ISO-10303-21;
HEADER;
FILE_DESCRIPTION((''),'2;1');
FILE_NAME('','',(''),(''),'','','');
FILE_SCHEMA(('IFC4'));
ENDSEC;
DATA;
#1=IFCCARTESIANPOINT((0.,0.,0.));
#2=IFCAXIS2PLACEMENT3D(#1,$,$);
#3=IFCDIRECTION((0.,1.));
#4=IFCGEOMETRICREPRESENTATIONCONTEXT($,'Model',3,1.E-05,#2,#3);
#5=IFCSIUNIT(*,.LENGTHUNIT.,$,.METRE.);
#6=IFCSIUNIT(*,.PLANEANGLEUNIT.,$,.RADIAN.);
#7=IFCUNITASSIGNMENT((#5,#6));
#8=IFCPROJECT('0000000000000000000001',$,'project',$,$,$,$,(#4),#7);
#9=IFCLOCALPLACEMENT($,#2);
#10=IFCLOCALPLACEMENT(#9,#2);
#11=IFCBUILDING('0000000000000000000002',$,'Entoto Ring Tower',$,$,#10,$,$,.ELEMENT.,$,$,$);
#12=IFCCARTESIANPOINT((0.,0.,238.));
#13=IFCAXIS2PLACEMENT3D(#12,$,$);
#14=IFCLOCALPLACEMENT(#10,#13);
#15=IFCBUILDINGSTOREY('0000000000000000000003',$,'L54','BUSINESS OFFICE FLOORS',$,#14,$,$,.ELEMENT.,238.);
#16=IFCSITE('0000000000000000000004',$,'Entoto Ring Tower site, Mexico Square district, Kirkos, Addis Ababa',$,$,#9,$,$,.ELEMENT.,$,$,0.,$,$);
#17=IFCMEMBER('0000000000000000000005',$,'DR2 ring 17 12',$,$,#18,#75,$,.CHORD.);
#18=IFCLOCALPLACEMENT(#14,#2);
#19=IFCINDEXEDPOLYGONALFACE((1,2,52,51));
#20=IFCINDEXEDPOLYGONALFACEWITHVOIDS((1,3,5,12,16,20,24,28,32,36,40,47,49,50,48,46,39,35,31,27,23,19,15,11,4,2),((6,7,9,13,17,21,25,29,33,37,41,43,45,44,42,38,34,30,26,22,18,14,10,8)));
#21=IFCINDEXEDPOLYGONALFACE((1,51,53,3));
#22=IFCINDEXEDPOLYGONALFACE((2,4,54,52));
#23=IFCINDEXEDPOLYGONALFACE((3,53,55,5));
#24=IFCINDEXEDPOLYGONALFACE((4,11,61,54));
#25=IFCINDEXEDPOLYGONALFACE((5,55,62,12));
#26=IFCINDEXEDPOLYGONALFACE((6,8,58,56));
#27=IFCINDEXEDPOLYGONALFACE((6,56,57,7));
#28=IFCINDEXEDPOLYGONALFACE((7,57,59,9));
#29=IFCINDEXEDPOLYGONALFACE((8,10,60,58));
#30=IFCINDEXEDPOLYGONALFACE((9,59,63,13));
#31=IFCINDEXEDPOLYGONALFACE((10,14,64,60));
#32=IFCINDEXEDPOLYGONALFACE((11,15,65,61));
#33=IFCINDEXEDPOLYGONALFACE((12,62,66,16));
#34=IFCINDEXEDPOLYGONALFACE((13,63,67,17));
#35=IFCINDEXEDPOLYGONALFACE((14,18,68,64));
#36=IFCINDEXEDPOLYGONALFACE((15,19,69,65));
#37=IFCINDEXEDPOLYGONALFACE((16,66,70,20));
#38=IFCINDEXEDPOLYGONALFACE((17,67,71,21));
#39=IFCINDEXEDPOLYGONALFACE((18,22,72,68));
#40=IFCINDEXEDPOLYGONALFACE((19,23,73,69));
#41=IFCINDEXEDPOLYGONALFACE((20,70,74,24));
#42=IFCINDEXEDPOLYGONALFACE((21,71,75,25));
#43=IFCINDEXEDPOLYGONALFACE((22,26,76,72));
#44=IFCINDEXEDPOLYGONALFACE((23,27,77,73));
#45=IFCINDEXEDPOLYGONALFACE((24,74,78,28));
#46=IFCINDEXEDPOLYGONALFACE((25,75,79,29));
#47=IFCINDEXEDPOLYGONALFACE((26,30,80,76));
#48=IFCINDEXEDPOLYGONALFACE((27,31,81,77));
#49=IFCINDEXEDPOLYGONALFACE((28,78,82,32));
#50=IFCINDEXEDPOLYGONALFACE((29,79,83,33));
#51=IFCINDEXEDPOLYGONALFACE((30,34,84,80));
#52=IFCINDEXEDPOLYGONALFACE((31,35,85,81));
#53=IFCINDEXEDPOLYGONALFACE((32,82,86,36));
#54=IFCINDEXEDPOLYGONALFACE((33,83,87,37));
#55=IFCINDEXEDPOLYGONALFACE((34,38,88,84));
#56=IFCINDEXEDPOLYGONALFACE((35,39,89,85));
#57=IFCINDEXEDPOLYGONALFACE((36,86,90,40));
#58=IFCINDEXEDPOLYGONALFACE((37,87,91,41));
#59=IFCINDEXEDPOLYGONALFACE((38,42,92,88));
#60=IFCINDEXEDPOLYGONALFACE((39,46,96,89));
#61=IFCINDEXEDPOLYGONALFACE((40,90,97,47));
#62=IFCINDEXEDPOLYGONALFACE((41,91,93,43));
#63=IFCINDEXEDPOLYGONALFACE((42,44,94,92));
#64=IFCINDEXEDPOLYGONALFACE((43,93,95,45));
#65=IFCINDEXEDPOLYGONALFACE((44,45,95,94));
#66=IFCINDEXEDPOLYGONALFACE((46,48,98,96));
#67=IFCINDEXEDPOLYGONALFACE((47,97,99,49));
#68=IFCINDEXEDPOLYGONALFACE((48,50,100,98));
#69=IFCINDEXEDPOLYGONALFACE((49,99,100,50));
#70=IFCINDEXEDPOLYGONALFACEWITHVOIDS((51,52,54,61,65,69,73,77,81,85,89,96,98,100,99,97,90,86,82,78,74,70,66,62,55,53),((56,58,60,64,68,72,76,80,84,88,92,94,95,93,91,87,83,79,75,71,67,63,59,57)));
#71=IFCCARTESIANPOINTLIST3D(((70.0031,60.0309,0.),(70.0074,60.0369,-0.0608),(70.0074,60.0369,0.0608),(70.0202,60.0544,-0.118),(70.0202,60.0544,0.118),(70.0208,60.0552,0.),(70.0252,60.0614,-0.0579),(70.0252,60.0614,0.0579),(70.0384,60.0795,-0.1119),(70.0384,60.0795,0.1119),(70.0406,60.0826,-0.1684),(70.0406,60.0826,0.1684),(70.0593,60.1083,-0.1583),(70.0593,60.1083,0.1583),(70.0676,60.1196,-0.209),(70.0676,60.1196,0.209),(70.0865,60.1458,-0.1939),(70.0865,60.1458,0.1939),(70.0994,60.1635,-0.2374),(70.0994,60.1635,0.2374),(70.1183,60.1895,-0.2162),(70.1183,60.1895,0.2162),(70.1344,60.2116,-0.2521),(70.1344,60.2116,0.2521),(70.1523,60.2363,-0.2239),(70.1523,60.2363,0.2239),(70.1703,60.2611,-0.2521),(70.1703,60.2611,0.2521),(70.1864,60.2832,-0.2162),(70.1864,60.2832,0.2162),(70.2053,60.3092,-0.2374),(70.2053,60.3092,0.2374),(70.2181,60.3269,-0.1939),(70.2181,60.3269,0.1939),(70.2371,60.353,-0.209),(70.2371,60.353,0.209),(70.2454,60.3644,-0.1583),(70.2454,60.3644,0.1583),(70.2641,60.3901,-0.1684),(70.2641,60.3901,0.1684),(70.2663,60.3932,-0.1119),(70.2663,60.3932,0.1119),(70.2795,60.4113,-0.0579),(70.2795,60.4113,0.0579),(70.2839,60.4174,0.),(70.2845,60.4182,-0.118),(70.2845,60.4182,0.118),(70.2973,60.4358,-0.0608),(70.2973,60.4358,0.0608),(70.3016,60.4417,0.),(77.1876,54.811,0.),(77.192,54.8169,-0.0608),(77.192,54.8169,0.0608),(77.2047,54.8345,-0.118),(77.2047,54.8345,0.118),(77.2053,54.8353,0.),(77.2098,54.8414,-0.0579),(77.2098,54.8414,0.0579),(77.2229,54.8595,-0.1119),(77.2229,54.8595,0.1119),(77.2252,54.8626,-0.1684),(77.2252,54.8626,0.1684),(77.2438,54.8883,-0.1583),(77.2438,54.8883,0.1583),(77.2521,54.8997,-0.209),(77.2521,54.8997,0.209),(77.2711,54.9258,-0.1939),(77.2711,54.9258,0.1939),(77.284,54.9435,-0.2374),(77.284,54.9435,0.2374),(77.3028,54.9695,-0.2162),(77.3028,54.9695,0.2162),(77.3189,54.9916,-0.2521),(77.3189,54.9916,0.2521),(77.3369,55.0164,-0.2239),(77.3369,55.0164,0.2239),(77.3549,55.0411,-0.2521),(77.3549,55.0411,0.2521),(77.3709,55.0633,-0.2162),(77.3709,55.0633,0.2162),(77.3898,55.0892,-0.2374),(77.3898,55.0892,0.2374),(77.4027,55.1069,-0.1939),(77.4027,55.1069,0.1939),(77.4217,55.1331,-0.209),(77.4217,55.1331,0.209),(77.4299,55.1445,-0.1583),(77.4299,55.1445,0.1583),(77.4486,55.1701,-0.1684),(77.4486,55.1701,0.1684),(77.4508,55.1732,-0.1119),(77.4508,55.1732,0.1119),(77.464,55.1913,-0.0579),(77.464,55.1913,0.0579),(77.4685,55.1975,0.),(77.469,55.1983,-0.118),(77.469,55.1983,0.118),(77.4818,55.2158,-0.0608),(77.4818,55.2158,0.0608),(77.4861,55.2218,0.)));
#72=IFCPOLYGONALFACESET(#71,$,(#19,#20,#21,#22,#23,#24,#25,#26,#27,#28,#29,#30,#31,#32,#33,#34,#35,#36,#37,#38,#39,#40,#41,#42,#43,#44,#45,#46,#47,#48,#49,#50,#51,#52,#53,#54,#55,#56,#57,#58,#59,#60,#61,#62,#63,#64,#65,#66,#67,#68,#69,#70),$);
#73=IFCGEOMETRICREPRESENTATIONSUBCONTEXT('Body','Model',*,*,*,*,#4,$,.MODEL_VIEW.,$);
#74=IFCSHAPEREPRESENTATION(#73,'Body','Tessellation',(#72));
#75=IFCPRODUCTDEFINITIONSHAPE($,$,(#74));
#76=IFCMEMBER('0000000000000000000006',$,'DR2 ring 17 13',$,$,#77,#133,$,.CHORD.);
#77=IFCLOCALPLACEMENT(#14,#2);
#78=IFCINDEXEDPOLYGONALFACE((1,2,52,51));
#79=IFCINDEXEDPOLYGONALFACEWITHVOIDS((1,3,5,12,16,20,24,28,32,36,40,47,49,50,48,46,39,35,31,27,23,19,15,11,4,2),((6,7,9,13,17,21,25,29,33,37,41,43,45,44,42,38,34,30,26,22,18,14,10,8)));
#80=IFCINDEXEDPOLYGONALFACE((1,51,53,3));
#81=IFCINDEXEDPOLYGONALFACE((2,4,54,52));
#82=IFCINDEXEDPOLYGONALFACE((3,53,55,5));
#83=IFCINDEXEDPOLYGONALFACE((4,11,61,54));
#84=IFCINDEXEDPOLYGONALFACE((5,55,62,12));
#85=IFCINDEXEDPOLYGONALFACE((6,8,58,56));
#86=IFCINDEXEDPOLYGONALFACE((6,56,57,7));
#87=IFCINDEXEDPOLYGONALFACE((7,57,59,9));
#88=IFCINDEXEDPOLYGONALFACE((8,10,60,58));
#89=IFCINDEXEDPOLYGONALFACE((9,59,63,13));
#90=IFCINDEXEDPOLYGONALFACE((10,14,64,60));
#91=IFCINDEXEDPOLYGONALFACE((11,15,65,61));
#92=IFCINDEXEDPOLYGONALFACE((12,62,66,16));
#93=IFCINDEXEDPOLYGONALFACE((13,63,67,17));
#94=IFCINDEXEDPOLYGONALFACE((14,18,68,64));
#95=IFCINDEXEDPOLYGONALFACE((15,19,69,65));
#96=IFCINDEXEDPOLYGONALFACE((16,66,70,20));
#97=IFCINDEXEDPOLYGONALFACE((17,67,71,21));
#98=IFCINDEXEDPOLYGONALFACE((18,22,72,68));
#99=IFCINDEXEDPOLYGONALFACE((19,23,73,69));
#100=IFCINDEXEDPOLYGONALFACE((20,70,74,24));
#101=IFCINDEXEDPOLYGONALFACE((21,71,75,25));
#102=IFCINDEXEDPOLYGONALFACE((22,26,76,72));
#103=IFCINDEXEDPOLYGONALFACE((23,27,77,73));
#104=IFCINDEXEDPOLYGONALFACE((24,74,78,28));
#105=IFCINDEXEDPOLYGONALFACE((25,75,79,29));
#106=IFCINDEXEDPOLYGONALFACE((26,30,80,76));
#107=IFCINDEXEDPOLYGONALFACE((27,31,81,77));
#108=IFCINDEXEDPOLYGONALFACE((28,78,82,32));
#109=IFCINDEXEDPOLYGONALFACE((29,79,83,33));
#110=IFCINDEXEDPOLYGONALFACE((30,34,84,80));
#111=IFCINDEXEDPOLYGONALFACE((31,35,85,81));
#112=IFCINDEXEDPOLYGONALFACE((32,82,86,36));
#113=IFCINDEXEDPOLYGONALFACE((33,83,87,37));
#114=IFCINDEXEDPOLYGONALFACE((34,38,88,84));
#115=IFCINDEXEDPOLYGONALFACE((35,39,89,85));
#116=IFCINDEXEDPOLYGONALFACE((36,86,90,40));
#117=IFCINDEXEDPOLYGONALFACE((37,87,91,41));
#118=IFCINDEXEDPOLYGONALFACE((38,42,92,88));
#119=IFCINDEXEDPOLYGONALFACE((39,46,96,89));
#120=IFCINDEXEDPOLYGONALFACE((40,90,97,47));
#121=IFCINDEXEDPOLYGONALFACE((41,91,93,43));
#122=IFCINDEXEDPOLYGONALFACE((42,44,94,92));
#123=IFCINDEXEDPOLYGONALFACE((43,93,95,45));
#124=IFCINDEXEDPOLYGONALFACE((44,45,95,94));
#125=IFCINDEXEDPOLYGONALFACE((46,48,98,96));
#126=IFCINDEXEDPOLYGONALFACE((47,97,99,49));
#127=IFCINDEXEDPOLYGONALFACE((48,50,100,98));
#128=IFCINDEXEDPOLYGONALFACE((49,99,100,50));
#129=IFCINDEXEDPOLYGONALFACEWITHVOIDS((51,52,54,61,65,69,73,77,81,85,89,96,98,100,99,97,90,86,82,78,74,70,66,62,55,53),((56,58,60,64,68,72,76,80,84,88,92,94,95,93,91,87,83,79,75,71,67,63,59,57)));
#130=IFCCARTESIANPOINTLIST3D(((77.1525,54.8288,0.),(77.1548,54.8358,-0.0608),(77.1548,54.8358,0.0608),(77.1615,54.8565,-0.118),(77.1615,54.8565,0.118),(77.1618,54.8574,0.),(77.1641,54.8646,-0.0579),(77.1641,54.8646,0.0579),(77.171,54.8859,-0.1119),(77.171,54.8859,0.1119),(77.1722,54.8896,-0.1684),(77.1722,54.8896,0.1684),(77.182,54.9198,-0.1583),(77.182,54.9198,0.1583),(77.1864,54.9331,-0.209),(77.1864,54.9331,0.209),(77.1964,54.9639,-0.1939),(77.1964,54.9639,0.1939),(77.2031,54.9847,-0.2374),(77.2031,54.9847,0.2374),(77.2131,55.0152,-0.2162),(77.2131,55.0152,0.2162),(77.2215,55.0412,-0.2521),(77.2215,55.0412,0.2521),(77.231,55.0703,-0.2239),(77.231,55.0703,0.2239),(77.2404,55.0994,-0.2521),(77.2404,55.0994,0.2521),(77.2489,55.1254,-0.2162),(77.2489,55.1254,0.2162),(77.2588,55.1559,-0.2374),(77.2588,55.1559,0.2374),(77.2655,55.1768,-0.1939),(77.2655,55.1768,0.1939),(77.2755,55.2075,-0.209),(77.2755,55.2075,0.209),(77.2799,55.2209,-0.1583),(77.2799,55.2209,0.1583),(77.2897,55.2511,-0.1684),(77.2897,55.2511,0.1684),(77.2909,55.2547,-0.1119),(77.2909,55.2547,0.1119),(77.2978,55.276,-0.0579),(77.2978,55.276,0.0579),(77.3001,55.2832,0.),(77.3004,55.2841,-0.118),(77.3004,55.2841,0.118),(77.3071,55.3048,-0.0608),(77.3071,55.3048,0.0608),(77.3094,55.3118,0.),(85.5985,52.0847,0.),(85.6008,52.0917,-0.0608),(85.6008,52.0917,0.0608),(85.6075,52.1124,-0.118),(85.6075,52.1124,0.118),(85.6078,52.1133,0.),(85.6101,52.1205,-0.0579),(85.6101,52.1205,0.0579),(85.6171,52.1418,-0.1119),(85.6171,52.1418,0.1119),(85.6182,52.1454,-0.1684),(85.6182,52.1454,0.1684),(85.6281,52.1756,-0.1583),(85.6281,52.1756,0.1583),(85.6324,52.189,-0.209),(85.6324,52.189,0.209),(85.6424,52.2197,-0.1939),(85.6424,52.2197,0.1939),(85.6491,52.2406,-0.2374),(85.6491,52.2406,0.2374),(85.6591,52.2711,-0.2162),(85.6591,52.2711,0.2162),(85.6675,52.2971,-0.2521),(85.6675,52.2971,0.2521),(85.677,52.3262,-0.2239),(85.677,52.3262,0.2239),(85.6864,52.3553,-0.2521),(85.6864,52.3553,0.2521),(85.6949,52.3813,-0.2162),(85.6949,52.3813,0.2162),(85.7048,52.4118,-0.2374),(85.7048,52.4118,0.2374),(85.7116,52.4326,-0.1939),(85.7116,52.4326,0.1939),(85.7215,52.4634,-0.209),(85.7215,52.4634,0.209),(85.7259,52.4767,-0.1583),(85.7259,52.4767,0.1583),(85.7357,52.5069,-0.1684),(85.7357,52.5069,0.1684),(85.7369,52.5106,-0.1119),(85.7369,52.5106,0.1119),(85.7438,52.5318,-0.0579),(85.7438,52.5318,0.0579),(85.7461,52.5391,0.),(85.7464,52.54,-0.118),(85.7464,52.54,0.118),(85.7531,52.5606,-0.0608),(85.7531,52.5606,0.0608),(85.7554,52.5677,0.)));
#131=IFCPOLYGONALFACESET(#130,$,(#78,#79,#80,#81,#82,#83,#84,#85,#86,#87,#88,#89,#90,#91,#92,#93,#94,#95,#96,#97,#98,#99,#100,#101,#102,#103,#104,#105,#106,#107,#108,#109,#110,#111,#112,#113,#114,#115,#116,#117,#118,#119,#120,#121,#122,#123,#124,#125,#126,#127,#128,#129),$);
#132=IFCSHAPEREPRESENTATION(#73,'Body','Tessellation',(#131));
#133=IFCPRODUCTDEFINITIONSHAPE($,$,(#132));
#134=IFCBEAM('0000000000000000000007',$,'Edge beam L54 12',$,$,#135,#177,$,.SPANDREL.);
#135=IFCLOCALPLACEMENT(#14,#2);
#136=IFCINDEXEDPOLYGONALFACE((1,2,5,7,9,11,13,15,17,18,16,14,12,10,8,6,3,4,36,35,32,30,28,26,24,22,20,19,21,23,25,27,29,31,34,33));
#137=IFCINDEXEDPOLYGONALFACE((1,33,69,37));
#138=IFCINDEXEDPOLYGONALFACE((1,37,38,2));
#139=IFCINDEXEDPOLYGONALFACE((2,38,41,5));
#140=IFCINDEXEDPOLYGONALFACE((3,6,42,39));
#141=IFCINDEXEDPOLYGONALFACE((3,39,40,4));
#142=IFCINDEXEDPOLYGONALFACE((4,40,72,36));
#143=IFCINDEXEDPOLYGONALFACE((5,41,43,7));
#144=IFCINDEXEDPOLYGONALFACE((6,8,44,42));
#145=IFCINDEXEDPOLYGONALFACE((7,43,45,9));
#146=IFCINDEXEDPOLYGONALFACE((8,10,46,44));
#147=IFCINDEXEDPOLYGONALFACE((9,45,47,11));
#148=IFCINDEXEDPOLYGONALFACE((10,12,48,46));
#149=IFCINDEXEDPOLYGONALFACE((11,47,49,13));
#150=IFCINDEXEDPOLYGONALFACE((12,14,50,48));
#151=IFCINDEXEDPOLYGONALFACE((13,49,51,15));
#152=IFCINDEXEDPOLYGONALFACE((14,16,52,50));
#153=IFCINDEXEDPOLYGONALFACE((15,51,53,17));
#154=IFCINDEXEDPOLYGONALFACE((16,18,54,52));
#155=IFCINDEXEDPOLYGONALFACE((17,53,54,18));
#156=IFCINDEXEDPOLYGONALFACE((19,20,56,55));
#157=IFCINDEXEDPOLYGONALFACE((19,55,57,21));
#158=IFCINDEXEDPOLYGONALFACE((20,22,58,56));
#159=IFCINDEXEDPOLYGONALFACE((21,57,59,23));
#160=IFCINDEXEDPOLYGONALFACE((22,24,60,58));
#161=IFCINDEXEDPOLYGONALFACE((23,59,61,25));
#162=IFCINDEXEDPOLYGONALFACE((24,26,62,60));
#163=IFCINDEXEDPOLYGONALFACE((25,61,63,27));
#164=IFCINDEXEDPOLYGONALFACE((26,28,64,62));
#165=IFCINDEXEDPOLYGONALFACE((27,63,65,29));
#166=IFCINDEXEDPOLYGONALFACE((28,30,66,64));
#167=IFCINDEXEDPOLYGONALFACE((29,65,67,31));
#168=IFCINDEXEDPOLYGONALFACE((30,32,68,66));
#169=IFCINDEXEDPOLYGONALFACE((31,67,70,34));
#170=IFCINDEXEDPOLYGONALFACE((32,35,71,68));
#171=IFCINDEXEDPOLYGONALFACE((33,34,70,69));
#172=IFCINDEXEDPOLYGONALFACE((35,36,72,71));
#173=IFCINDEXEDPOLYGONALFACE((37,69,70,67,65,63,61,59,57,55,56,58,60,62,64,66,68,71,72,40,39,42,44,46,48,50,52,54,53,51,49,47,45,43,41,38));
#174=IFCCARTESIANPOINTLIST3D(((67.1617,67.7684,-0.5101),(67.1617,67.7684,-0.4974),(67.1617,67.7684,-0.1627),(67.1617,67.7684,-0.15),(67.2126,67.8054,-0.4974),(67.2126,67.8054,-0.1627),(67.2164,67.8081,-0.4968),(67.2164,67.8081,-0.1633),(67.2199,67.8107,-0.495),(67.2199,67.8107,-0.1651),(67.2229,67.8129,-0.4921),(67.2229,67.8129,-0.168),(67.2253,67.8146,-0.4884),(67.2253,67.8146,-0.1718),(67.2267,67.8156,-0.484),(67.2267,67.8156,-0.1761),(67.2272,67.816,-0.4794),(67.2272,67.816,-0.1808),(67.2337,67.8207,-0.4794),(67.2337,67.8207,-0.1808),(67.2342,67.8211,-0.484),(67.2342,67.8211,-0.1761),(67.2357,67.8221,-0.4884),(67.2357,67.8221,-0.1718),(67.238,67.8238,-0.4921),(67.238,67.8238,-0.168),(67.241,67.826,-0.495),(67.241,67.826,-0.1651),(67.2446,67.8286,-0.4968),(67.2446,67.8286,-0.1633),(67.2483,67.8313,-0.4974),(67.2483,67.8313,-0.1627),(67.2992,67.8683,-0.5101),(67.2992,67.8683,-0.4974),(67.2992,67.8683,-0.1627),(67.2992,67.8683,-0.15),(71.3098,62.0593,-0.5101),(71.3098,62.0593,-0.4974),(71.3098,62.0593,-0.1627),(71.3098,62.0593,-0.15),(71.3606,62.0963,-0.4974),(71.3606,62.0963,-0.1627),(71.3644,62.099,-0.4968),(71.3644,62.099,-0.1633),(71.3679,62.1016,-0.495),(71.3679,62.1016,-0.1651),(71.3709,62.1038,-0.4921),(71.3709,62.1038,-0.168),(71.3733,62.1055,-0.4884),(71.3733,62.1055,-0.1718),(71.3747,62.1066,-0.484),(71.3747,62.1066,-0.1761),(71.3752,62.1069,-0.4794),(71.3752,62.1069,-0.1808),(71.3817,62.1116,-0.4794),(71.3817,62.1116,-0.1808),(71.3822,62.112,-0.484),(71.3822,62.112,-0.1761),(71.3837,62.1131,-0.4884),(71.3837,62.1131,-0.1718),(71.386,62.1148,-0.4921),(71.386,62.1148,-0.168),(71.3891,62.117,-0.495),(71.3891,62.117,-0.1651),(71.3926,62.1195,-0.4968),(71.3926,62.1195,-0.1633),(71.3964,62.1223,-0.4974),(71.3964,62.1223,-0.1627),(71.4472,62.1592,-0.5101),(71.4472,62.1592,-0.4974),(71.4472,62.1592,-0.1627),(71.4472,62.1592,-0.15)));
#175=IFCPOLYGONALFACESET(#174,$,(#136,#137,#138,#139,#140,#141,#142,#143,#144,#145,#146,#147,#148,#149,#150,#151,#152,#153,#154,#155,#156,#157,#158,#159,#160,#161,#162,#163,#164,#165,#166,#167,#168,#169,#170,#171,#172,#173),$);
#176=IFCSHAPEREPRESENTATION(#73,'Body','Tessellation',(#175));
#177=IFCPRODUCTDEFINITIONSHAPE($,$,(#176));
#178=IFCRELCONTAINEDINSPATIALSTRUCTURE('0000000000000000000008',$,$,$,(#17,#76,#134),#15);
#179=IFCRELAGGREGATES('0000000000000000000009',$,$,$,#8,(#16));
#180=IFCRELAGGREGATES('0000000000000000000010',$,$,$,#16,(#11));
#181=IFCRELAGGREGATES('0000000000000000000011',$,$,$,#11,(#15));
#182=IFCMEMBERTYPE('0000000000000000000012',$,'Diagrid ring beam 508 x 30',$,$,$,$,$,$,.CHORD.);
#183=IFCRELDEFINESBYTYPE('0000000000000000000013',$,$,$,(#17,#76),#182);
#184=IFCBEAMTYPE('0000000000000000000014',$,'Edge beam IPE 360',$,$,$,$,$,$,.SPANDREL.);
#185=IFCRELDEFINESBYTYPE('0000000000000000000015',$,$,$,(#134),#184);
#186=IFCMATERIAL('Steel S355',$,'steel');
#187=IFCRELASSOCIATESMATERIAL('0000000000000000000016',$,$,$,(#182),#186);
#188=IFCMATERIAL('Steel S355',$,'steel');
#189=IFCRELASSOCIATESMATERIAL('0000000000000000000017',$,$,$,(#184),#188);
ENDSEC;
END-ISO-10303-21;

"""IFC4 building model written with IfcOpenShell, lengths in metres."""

from ifc_helpers import new_model, si_unit, direction, frame, origin, origin_2d, place, context, subcontext, project, spatial, circle, hollow_circle, i_section, extrude, material, material_profile, profile_set, type_object, element, save


model = new_model("IFC4")

# Units and contexts
model_context = context("Model", 3, precision=1e-05, world=origin(), true_north=direction((0.0, 1.0)))
body_context = subcontext(model_context, "Body", "Model", "MODEL_VIEW")
ifc_project = project(units=[si_unit("LENGTHUNIT", "METRE"), si_unit("PLANEANGLEUNIT", "RADIAN")], contexts=[model_context])

# Site, building, storey
site_placement = place(None, origin())
site = spatial("IfcSite", under=ifc_project, at=site_placement, Name="Entoto Ring Tower site, Mexico Square district, Kirkos, Addis Ababa", CompositionType="ELEMENT", RefElevation=0.0)
building_placement = place(site_placement, origin())
building = spatial("IfcBuilding", under=site, at=building_placement, Name="Entoto Ring Tower", CompositionType="ELEMENT")
storey_placement = place(building_placement, frame((0.0, 0.0, 238.0)))
storey = spatial("IfcBuildingStorey", under=building, at=storey_placement, Name="L54", Description="BUSINESS OFFICE FLOORS", CompositionType="ELEMENT", Elevation=238.0)

# Members
ifc_material_1 = material(Name="Steel S355", Category="steel")
ifc_material_profile_1 = material_profile(ifc_material_1, hollow_circle(Radius=0.2539, WallThickness=0.03, at=origin_2d()), Name="CHS 508 x 30")
ifc_material_2 = material(Name="Concrete C60/75", Category="concrete")
ifc_material_profile_2 = material_profile(ifc_material_2, circle(Radius=0.2241, at=origin_2d()), Name="Concrete C60/75 infill")
ifc_profile_set_1 = profile_set([ifc_material_profile_1, ifc_material_profile_2], Name="Steel S355")
member_type_1 = type_object("IfcMemberType", Name="Diagrid ring beam 508 x 30", PredefinedType="CHORD", material=ifc_profile_set_1)
for number, where, z_axis, x_axis, name in (
    (1, (70.1523, 60.2363, 0.0), (0.809013, -0.587791, 0.0), (0.587791, 0.809013, 0.0), "DR2 ring 17 12"),
    (2, (77.231, 55.0703, 0.0), (0.951061, -0.309002, 0.0), (0.309002, 0.951061, 0.0), "DR2 ring 17 13"),
):
    element("IfcMember", number, at=place(storey_placement, frame(where, z_axis=z_axis, x_axis=x_axis)), inside=storey, type_object=member_type_1, Name=name, PredefinedType="CHORD", context=body_context, shape_type="SweptSolid", body=[
        extrude(hollow_circle(Radius=0.2539, WallThickness=0.03, at=origin_2d()), origin(), (0.0, 0.0, 1.0), 8.8806),
    ])

# Beam
ifc_material_3 = material(Name="Steel S355", Category="steel")
ifc_material_profile_3 = material_profile(ifc_material_3, i_section(OverallWidth=0.1699, OverallDepth=0.3601, WebThickness=0.0081, FlangeThickness=0.0127, FilletRadius=0.0181, at=origin_2d()), Name="IPE 360")
ifc_profile_set_2 = profile_set([ifc_material_profile_3], Name="Steel S355")
beam_type_1 = type_object("IfcBeamType", Name="Edge beam IPE 360", PredefinedType="SPANDREL", material=ifc_profile_set_2)
for number, where, z_axis, x_axis, name in (
    (3, (67.2305, 67.8184, -0.3301), (0.587797, -0.809008, 0.0), (0.809008, 0.587797, 0.0), "Edge beam L54 12"),
):
    element("IfcBeam", number, at=place(storey_placement, frame(where, z_axis=z_axis, x_axis=x_axis)), inside=storey, type_object=beam_type_1, Name=name, PredefinedType="SPANDREL", context=body_context, shape_type="SweptSolid", body=[
        extrude(i_section(OverallWidth=0.1699, OverallDepth=0.3601, WebThickness=0.0081, FlangeThickness=0.0127, FilletRadius=0.0181, at=origin_2d()), origin(), (0.0, 0.0, 1.0), 7.0569),
    ])

save(model, "model.ifc")
